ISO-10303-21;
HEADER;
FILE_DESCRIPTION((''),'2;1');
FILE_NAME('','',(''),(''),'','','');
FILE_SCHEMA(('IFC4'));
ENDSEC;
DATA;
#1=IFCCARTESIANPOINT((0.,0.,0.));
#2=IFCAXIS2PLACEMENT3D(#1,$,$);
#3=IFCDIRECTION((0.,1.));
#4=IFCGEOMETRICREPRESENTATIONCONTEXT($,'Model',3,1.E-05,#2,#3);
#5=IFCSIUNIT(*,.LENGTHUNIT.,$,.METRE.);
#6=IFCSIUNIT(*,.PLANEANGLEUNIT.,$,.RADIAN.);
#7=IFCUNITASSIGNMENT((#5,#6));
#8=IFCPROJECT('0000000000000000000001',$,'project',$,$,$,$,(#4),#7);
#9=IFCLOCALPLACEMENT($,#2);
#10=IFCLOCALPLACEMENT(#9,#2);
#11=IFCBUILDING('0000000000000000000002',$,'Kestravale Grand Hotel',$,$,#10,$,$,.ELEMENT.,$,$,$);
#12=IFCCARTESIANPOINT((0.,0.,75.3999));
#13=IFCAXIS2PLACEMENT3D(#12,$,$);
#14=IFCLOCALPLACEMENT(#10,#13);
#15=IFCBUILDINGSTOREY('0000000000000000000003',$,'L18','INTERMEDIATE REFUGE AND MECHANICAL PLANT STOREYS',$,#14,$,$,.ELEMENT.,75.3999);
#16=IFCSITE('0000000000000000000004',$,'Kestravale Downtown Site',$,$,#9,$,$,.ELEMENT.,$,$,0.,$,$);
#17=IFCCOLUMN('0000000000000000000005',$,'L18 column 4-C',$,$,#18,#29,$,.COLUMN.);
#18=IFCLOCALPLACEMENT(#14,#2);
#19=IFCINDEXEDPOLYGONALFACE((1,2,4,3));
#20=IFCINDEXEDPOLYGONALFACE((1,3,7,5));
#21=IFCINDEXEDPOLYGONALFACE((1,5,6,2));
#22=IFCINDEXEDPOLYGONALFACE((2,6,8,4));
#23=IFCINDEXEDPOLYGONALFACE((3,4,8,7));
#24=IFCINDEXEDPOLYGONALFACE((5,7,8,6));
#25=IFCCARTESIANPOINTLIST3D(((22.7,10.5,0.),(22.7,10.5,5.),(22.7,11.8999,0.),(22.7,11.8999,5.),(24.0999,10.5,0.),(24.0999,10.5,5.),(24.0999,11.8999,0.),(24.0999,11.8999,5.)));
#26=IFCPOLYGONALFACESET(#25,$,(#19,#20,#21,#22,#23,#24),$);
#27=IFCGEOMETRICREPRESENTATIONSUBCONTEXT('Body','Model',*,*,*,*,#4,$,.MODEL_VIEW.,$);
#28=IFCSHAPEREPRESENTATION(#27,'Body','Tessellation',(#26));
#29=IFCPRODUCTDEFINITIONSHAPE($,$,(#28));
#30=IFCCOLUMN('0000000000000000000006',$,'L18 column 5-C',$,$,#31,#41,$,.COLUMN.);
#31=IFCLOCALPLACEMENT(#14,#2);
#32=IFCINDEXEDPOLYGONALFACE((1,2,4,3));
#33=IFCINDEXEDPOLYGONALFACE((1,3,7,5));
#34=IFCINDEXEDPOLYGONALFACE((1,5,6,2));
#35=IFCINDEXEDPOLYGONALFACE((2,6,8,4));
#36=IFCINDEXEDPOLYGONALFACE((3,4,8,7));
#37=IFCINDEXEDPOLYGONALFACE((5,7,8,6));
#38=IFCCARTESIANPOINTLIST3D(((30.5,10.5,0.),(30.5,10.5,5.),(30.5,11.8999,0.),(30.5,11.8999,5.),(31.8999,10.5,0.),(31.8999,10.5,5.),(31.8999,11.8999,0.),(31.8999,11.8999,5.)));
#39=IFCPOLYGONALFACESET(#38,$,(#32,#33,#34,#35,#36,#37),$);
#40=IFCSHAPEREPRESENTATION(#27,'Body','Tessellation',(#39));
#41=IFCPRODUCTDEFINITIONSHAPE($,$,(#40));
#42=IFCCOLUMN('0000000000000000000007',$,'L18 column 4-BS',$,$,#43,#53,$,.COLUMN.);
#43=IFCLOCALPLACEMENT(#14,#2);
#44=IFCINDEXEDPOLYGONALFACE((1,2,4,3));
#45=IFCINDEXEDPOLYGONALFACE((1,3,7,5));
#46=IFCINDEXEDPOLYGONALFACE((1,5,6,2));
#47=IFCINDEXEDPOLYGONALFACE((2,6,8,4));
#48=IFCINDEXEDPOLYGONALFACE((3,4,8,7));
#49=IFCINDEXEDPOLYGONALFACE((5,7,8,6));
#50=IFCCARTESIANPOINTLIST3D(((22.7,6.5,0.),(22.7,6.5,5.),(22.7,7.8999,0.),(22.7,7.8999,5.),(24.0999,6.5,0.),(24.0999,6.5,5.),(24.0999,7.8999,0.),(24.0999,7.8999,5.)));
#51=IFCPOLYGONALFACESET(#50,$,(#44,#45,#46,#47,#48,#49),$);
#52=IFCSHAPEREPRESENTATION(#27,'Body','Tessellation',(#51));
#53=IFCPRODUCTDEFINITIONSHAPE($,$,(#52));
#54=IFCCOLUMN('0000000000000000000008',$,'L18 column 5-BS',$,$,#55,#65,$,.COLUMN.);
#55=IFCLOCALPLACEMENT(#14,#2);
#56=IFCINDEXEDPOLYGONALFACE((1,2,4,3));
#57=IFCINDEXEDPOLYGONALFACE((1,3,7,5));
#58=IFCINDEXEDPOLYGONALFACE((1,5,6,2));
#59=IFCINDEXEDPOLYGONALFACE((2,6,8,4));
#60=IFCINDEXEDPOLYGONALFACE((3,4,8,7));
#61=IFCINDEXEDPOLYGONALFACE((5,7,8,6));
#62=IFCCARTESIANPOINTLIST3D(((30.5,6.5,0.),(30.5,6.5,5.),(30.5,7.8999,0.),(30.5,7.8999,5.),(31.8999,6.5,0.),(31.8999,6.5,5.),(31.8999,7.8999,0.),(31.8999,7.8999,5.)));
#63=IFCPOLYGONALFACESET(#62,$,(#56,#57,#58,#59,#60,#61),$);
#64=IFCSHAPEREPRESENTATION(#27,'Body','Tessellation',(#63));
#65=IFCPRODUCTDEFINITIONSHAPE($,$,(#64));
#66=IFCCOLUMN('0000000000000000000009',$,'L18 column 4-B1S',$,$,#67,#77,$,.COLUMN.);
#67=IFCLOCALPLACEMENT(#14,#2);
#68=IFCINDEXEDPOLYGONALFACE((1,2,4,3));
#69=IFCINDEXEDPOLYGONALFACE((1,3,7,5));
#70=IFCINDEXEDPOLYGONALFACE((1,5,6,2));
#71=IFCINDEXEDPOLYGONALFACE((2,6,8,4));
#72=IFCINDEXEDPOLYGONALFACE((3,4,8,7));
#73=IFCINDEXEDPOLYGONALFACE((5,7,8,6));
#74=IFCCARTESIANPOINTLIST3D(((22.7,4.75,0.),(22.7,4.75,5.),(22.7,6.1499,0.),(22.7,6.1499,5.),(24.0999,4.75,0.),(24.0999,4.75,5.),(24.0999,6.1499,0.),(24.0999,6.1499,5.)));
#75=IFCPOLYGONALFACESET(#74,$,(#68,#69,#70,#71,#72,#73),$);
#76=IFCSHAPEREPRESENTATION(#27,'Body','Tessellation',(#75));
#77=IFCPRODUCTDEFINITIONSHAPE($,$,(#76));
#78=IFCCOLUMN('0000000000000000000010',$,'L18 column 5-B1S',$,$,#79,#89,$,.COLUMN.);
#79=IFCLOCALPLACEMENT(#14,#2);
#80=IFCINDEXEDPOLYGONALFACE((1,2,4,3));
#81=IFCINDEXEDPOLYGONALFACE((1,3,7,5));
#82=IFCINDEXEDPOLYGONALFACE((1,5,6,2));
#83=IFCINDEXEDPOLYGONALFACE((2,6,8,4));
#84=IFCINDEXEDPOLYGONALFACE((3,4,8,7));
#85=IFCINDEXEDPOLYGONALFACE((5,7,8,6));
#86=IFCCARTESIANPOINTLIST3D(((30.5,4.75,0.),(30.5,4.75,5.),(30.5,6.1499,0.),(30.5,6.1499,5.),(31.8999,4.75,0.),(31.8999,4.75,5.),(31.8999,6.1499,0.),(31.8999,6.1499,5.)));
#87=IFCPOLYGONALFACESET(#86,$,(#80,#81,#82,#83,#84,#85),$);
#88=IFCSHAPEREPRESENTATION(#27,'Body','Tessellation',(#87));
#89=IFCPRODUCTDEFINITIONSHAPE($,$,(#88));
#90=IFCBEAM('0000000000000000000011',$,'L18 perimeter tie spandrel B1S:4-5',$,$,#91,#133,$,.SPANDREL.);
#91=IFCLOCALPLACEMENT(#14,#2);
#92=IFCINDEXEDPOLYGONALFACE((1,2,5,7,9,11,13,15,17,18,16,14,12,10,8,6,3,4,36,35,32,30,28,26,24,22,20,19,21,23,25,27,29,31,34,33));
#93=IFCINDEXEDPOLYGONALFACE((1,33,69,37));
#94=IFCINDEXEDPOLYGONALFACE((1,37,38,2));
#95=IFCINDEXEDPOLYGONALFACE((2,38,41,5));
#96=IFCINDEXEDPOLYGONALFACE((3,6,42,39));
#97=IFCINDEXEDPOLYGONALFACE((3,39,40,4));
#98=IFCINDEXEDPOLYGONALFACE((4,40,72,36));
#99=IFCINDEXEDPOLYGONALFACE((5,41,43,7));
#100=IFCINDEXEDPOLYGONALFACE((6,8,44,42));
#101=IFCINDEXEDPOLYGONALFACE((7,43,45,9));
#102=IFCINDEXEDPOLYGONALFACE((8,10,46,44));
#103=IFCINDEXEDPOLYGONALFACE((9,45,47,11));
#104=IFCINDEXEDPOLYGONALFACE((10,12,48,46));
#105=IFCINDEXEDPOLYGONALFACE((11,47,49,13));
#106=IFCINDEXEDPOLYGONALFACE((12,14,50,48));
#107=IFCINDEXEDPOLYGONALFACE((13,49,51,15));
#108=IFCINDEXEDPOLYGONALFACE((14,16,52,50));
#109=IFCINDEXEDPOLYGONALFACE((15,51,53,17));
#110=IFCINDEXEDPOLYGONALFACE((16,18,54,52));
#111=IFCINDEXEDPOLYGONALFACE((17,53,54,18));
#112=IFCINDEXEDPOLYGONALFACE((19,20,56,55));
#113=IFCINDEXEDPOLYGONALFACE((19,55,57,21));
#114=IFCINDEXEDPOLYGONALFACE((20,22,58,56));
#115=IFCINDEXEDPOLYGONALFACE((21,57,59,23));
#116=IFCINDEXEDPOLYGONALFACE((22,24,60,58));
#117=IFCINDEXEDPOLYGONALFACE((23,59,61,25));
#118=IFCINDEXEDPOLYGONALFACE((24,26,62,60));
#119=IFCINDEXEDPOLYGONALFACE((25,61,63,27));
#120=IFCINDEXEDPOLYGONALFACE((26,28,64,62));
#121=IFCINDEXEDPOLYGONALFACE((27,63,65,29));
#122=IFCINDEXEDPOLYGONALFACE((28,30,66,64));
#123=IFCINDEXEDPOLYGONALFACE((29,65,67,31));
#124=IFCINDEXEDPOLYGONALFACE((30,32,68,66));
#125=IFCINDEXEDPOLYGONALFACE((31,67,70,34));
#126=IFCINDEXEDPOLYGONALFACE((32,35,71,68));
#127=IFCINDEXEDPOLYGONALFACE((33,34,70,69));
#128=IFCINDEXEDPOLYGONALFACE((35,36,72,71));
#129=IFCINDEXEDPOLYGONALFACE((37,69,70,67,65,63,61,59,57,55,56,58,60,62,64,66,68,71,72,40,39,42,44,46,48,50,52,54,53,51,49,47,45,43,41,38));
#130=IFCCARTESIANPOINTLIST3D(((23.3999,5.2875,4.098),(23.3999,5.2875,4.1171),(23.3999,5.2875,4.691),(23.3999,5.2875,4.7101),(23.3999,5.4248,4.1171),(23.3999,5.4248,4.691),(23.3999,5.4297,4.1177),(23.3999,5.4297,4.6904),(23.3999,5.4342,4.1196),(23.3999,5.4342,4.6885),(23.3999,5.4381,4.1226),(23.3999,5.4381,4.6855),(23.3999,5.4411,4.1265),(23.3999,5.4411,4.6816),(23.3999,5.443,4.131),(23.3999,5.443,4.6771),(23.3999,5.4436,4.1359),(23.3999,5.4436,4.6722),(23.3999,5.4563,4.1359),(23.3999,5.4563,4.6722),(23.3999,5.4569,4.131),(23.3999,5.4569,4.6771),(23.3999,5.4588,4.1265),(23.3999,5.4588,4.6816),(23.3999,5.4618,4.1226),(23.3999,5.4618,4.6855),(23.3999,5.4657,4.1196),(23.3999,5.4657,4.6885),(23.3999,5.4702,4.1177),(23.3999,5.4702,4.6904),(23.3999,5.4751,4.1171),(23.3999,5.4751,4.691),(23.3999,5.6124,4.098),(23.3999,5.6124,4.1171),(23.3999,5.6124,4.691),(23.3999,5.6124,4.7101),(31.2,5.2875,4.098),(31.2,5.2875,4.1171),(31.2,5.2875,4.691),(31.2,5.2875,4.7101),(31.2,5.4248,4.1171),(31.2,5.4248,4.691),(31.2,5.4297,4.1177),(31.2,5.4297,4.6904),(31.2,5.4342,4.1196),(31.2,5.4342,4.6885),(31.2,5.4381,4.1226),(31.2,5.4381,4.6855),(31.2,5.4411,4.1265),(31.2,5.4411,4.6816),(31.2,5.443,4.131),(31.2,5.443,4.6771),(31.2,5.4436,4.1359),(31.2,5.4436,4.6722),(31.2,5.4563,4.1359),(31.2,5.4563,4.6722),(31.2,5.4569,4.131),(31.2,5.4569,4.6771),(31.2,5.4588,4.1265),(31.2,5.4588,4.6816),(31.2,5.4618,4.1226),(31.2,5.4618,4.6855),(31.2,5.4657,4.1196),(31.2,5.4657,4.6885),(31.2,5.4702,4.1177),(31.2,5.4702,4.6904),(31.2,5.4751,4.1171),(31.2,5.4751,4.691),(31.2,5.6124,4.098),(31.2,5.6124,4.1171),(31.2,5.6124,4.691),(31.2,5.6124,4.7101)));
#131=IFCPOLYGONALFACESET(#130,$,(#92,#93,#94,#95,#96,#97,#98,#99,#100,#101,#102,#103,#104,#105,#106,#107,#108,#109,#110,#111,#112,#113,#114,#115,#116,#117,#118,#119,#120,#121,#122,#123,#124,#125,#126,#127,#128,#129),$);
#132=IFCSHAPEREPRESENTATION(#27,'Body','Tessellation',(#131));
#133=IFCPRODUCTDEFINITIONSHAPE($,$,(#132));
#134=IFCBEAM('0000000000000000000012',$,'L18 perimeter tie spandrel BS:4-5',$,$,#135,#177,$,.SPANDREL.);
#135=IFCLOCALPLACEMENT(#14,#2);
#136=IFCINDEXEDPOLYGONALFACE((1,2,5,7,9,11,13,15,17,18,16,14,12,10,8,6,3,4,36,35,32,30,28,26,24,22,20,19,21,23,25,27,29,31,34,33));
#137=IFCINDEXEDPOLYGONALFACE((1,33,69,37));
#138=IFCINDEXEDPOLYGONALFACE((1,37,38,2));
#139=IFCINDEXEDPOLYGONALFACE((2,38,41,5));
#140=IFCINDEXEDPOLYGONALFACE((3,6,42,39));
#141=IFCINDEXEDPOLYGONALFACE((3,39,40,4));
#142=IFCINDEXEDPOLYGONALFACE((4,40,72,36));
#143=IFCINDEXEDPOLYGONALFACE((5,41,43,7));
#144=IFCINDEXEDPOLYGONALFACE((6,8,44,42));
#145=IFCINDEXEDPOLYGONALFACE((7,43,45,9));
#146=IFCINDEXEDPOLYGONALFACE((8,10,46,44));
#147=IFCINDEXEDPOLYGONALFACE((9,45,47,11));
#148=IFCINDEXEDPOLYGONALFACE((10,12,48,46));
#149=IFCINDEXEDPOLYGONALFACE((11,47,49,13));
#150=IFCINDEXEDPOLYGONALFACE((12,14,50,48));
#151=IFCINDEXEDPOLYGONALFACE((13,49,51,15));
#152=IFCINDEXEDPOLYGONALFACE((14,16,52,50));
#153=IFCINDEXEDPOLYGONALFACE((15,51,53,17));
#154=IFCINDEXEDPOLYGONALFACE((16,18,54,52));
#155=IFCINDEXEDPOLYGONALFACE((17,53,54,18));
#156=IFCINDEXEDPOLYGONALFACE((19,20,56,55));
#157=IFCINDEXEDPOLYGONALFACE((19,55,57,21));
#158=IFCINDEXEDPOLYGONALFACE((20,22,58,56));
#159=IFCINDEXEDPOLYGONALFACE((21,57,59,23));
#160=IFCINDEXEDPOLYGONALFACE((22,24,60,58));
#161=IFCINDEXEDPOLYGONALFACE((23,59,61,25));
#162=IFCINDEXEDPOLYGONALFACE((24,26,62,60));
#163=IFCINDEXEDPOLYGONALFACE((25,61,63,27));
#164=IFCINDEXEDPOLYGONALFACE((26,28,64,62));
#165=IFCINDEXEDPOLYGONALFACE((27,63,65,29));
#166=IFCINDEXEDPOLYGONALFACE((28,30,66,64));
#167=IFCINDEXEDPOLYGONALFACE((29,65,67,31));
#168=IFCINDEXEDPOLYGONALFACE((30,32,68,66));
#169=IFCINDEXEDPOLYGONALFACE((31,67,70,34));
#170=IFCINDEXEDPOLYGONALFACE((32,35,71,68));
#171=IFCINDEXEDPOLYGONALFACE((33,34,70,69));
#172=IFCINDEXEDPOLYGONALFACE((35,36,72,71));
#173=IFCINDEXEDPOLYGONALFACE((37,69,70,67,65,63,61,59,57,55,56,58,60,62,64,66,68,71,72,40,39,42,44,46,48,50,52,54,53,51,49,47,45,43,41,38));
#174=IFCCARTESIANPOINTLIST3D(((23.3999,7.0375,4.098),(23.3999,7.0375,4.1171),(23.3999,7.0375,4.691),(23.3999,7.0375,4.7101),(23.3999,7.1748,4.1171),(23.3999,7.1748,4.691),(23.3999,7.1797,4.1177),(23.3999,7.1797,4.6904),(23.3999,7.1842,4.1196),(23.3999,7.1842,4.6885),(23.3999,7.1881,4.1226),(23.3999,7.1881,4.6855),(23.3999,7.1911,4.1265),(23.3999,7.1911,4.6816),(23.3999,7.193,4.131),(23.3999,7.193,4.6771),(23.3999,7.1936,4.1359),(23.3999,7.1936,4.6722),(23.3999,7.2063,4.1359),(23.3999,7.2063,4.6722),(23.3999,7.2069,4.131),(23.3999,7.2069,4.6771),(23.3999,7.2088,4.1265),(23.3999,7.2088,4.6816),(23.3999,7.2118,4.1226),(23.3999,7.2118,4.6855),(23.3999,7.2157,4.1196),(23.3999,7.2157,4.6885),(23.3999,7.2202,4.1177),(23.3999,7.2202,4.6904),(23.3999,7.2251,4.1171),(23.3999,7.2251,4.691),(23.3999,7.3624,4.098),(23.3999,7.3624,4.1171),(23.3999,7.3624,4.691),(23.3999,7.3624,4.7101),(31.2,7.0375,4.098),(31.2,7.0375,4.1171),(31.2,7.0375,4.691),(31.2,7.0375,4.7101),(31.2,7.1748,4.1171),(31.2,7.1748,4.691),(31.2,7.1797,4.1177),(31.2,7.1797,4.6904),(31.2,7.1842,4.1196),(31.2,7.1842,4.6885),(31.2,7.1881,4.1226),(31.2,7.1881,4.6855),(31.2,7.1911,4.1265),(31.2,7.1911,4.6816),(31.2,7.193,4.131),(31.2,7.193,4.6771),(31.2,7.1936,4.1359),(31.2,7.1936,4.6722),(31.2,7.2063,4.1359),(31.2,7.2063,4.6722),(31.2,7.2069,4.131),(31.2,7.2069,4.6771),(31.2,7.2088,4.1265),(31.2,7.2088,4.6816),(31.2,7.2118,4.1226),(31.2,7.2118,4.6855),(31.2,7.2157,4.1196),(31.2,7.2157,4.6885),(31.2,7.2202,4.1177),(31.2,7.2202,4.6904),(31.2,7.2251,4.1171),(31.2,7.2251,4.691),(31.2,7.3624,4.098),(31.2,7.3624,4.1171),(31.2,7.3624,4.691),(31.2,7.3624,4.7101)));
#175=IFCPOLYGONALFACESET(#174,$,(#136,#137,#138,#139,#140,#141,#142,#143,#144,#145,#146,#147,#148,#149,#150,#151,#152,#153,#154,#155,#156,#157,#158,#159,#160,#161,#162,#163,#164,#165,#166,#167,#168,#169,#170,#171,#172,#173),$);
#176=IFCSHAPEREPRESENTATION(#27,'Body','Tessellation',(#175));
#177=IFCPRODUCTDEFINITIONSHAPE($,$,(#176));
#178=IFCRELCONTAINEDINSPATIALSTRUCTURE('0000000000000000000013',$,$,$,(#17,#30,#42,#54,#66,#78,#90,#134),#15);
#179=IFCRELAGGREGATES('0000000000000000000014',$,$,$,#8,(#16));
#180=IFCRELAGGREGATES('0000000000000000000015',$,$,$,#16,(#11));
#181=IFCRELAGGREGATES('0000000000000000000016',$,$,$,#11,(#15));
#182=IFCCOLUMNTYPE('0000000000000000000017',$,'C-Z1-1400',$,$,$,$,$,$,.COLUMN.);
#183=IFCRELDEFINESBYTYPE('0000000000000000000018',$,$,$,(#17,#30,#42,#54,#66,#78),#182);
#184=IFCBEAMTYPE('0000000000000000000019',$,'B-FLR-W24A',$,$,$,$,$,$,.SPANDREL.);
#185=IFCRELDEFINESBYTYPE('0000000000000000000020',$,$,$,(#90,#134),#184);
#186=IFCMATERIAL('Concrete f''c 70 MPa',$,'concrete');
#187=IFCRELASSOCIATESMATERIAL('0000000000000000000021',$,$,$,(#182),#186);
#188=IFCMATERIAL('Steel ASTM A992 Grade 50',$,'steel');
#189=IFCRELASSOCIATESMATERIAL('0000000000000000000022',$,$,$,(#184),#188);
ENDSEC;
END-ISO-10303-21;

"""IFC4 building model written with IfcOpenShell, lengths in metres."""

from ifc_helpers import new_model, si_unit, direction, frame, origin, origin_2d, place, context, subcontext, project, spatial, rectangle, i_section, extrude, material, material_profile, profile_set, type_object, element, save


model = new_model("IFC4")

# Units and contexts
model_context = context("Model", 3, precision=1e-05, world=origin(), true_north=direction((0.0, 1.0)))
body_context = subcontext(model_context, "Body", "Model", "MODEL_VIEW")
ifc_project = project(units=[si_unit("LENGTHUNIT", "METRE"), si_unit("PLANEANGLEUNIT", "RADIAN")], contexts=[model_context])

# Site, building, storey
site_placement = place(None, origin())
site = spatial("IfcSite", under=ifc_project, at=site_placement, Name="Kestravale Downtown Site", CompositionType="ELEMENT", RefElevation=0.0)
building_placement = place(site_placement, origin())
building = spatial("IfcBuilding", under=site, at=building_placement, Name="Kestravale Grand Hotel", CompositionType="ELEMENT")
storey_placement = place(building_placement, frame((0.0, 0.0, 75.3999)))
storey = spatial("IfcBuildingStorey", under=building, at=storey_placement, Name="L18", Description="INTERMEDIATE REFUGE AND MECHANICAL PLANT STOREYS", CompositionType="ELEMENT", Elevation=75.3999)

# Columns
ifc_material_1 = material(Name="Concrete f'c 70 MPa", Category="concrete")
ifc_material_profile_1 = material_profile(ifc_material_1, rectangle(XDim=1.3999, YDim=1.3999, at=origin_2d()))
ifc_profile_set_1 = profile_set([ifc_material_profile_1], Name="Concrete f'c 70 MPa")
column_type = type_object("IfcColumnType", Name="C-Z1-1400", PredefinedType="COLUMN", material=ifc_profile_set_1)
for number, where, z_axis, x_axis, name in (
    (1, (23.3999, 11.2, 0.0), (0.0, 0.0, 1.0), (1.0, 0.0, 0.0), "L18 column 4-C"),
    (2, (31.2, 11.2, 0.0), (0.0, 0.0, 1.0), (1.0, 0.0, 0.0), "L18 column 5-C"),
    (3, (23.3999, 7.2, 0.0), (0.0, 0.0, 1.0), (1.0, 0.0, 0.0), "L18 column 4-BS"),
    (4, (31.2, 7.2, 0.0), (0.0, 0.0, 1.0), (1.0, 0.0, 0.0), "L18 column 5-BS"),
    (5, (23.3999, 5.45, 0.0), (0.0, 0.0, 1.0), (1.0, 0.0, 0.0), "L18 column 4-B1S"),
    (6, (31.2, 5.45, 0.0), (0.0, 0.0, 1.0), (1.0, 0.0, 0.0), "L18 column 5-B1S"),
):
    element("IfcColumn", number, at=place(storey_placement, frame(where, z_axis=z_axis, x_axis=x_axis)), inside=storey, type_object=column_type, Name=name, PredefinedType="COLUMN", context=body_context, shape_type="SweptSolid", body=[
        extrude(rectangle(XDim=1.3999, YDim=1.3999, at=origin_2d()), origin(), (0.0, 0.0, 1.0), 5.0),
    ])

# Beams
ifc_material_2 = material(Name="Steel ASTM A992 Grade 50", Category="steel")
ifc_material_profile_2 = material_profile(ifc_material_2, i_section(OverallWidth=0.325, OverallDepth=0.6121, WebThickness=0.0127, FlangeThickness=0.019, FilletRadius=0.0188, at=origin_2d()))
ifc_profile_set_2 = profile_set([ifc_material_profile_2], Name="Steel ASTM A992 Grade 50")
beam_type_1 = type_object("IfcBeamType", Name="B-FLR-W24A", PredefinedType="SPANDREL", material=ifc_profile_set_2)
for number, where, z_axis, x_axis, name in (
    (7, (23.3999, 5.45, 4.4041), (1.0, 0.0, 0.0), (0.0, 1.0, 0.0), "L18 perimeter tie spandrel B1S:4-5"),
    (8, (23.3999, 7.2, 4.4041), (1.0, 0.0, 0.0), (0.0, 1.0, 0.0), "L18 perimeter tie spandrel BS:4-5"),
):
    element("IfcBeam", number, at=place(storey_placement, frame(where, z_axis=z_axis, x_axis=x_axis)), inside=storey, type_object=beam_type_1, Name=name, PredefinedType="SPANDREL", context=body_context, shape_type="SweptSolid", body=[
        extrude(i_section(OverallWidth=0.325, OverallDepth=0.6121, WebThickness=0.0127, FlangeThickness=0.019, FilletRadius=0.0188, at=origin_2d()), origin(), (0.0, 0.0, 1.0), 7.8),
    ])

save(model, "model.ifc")
